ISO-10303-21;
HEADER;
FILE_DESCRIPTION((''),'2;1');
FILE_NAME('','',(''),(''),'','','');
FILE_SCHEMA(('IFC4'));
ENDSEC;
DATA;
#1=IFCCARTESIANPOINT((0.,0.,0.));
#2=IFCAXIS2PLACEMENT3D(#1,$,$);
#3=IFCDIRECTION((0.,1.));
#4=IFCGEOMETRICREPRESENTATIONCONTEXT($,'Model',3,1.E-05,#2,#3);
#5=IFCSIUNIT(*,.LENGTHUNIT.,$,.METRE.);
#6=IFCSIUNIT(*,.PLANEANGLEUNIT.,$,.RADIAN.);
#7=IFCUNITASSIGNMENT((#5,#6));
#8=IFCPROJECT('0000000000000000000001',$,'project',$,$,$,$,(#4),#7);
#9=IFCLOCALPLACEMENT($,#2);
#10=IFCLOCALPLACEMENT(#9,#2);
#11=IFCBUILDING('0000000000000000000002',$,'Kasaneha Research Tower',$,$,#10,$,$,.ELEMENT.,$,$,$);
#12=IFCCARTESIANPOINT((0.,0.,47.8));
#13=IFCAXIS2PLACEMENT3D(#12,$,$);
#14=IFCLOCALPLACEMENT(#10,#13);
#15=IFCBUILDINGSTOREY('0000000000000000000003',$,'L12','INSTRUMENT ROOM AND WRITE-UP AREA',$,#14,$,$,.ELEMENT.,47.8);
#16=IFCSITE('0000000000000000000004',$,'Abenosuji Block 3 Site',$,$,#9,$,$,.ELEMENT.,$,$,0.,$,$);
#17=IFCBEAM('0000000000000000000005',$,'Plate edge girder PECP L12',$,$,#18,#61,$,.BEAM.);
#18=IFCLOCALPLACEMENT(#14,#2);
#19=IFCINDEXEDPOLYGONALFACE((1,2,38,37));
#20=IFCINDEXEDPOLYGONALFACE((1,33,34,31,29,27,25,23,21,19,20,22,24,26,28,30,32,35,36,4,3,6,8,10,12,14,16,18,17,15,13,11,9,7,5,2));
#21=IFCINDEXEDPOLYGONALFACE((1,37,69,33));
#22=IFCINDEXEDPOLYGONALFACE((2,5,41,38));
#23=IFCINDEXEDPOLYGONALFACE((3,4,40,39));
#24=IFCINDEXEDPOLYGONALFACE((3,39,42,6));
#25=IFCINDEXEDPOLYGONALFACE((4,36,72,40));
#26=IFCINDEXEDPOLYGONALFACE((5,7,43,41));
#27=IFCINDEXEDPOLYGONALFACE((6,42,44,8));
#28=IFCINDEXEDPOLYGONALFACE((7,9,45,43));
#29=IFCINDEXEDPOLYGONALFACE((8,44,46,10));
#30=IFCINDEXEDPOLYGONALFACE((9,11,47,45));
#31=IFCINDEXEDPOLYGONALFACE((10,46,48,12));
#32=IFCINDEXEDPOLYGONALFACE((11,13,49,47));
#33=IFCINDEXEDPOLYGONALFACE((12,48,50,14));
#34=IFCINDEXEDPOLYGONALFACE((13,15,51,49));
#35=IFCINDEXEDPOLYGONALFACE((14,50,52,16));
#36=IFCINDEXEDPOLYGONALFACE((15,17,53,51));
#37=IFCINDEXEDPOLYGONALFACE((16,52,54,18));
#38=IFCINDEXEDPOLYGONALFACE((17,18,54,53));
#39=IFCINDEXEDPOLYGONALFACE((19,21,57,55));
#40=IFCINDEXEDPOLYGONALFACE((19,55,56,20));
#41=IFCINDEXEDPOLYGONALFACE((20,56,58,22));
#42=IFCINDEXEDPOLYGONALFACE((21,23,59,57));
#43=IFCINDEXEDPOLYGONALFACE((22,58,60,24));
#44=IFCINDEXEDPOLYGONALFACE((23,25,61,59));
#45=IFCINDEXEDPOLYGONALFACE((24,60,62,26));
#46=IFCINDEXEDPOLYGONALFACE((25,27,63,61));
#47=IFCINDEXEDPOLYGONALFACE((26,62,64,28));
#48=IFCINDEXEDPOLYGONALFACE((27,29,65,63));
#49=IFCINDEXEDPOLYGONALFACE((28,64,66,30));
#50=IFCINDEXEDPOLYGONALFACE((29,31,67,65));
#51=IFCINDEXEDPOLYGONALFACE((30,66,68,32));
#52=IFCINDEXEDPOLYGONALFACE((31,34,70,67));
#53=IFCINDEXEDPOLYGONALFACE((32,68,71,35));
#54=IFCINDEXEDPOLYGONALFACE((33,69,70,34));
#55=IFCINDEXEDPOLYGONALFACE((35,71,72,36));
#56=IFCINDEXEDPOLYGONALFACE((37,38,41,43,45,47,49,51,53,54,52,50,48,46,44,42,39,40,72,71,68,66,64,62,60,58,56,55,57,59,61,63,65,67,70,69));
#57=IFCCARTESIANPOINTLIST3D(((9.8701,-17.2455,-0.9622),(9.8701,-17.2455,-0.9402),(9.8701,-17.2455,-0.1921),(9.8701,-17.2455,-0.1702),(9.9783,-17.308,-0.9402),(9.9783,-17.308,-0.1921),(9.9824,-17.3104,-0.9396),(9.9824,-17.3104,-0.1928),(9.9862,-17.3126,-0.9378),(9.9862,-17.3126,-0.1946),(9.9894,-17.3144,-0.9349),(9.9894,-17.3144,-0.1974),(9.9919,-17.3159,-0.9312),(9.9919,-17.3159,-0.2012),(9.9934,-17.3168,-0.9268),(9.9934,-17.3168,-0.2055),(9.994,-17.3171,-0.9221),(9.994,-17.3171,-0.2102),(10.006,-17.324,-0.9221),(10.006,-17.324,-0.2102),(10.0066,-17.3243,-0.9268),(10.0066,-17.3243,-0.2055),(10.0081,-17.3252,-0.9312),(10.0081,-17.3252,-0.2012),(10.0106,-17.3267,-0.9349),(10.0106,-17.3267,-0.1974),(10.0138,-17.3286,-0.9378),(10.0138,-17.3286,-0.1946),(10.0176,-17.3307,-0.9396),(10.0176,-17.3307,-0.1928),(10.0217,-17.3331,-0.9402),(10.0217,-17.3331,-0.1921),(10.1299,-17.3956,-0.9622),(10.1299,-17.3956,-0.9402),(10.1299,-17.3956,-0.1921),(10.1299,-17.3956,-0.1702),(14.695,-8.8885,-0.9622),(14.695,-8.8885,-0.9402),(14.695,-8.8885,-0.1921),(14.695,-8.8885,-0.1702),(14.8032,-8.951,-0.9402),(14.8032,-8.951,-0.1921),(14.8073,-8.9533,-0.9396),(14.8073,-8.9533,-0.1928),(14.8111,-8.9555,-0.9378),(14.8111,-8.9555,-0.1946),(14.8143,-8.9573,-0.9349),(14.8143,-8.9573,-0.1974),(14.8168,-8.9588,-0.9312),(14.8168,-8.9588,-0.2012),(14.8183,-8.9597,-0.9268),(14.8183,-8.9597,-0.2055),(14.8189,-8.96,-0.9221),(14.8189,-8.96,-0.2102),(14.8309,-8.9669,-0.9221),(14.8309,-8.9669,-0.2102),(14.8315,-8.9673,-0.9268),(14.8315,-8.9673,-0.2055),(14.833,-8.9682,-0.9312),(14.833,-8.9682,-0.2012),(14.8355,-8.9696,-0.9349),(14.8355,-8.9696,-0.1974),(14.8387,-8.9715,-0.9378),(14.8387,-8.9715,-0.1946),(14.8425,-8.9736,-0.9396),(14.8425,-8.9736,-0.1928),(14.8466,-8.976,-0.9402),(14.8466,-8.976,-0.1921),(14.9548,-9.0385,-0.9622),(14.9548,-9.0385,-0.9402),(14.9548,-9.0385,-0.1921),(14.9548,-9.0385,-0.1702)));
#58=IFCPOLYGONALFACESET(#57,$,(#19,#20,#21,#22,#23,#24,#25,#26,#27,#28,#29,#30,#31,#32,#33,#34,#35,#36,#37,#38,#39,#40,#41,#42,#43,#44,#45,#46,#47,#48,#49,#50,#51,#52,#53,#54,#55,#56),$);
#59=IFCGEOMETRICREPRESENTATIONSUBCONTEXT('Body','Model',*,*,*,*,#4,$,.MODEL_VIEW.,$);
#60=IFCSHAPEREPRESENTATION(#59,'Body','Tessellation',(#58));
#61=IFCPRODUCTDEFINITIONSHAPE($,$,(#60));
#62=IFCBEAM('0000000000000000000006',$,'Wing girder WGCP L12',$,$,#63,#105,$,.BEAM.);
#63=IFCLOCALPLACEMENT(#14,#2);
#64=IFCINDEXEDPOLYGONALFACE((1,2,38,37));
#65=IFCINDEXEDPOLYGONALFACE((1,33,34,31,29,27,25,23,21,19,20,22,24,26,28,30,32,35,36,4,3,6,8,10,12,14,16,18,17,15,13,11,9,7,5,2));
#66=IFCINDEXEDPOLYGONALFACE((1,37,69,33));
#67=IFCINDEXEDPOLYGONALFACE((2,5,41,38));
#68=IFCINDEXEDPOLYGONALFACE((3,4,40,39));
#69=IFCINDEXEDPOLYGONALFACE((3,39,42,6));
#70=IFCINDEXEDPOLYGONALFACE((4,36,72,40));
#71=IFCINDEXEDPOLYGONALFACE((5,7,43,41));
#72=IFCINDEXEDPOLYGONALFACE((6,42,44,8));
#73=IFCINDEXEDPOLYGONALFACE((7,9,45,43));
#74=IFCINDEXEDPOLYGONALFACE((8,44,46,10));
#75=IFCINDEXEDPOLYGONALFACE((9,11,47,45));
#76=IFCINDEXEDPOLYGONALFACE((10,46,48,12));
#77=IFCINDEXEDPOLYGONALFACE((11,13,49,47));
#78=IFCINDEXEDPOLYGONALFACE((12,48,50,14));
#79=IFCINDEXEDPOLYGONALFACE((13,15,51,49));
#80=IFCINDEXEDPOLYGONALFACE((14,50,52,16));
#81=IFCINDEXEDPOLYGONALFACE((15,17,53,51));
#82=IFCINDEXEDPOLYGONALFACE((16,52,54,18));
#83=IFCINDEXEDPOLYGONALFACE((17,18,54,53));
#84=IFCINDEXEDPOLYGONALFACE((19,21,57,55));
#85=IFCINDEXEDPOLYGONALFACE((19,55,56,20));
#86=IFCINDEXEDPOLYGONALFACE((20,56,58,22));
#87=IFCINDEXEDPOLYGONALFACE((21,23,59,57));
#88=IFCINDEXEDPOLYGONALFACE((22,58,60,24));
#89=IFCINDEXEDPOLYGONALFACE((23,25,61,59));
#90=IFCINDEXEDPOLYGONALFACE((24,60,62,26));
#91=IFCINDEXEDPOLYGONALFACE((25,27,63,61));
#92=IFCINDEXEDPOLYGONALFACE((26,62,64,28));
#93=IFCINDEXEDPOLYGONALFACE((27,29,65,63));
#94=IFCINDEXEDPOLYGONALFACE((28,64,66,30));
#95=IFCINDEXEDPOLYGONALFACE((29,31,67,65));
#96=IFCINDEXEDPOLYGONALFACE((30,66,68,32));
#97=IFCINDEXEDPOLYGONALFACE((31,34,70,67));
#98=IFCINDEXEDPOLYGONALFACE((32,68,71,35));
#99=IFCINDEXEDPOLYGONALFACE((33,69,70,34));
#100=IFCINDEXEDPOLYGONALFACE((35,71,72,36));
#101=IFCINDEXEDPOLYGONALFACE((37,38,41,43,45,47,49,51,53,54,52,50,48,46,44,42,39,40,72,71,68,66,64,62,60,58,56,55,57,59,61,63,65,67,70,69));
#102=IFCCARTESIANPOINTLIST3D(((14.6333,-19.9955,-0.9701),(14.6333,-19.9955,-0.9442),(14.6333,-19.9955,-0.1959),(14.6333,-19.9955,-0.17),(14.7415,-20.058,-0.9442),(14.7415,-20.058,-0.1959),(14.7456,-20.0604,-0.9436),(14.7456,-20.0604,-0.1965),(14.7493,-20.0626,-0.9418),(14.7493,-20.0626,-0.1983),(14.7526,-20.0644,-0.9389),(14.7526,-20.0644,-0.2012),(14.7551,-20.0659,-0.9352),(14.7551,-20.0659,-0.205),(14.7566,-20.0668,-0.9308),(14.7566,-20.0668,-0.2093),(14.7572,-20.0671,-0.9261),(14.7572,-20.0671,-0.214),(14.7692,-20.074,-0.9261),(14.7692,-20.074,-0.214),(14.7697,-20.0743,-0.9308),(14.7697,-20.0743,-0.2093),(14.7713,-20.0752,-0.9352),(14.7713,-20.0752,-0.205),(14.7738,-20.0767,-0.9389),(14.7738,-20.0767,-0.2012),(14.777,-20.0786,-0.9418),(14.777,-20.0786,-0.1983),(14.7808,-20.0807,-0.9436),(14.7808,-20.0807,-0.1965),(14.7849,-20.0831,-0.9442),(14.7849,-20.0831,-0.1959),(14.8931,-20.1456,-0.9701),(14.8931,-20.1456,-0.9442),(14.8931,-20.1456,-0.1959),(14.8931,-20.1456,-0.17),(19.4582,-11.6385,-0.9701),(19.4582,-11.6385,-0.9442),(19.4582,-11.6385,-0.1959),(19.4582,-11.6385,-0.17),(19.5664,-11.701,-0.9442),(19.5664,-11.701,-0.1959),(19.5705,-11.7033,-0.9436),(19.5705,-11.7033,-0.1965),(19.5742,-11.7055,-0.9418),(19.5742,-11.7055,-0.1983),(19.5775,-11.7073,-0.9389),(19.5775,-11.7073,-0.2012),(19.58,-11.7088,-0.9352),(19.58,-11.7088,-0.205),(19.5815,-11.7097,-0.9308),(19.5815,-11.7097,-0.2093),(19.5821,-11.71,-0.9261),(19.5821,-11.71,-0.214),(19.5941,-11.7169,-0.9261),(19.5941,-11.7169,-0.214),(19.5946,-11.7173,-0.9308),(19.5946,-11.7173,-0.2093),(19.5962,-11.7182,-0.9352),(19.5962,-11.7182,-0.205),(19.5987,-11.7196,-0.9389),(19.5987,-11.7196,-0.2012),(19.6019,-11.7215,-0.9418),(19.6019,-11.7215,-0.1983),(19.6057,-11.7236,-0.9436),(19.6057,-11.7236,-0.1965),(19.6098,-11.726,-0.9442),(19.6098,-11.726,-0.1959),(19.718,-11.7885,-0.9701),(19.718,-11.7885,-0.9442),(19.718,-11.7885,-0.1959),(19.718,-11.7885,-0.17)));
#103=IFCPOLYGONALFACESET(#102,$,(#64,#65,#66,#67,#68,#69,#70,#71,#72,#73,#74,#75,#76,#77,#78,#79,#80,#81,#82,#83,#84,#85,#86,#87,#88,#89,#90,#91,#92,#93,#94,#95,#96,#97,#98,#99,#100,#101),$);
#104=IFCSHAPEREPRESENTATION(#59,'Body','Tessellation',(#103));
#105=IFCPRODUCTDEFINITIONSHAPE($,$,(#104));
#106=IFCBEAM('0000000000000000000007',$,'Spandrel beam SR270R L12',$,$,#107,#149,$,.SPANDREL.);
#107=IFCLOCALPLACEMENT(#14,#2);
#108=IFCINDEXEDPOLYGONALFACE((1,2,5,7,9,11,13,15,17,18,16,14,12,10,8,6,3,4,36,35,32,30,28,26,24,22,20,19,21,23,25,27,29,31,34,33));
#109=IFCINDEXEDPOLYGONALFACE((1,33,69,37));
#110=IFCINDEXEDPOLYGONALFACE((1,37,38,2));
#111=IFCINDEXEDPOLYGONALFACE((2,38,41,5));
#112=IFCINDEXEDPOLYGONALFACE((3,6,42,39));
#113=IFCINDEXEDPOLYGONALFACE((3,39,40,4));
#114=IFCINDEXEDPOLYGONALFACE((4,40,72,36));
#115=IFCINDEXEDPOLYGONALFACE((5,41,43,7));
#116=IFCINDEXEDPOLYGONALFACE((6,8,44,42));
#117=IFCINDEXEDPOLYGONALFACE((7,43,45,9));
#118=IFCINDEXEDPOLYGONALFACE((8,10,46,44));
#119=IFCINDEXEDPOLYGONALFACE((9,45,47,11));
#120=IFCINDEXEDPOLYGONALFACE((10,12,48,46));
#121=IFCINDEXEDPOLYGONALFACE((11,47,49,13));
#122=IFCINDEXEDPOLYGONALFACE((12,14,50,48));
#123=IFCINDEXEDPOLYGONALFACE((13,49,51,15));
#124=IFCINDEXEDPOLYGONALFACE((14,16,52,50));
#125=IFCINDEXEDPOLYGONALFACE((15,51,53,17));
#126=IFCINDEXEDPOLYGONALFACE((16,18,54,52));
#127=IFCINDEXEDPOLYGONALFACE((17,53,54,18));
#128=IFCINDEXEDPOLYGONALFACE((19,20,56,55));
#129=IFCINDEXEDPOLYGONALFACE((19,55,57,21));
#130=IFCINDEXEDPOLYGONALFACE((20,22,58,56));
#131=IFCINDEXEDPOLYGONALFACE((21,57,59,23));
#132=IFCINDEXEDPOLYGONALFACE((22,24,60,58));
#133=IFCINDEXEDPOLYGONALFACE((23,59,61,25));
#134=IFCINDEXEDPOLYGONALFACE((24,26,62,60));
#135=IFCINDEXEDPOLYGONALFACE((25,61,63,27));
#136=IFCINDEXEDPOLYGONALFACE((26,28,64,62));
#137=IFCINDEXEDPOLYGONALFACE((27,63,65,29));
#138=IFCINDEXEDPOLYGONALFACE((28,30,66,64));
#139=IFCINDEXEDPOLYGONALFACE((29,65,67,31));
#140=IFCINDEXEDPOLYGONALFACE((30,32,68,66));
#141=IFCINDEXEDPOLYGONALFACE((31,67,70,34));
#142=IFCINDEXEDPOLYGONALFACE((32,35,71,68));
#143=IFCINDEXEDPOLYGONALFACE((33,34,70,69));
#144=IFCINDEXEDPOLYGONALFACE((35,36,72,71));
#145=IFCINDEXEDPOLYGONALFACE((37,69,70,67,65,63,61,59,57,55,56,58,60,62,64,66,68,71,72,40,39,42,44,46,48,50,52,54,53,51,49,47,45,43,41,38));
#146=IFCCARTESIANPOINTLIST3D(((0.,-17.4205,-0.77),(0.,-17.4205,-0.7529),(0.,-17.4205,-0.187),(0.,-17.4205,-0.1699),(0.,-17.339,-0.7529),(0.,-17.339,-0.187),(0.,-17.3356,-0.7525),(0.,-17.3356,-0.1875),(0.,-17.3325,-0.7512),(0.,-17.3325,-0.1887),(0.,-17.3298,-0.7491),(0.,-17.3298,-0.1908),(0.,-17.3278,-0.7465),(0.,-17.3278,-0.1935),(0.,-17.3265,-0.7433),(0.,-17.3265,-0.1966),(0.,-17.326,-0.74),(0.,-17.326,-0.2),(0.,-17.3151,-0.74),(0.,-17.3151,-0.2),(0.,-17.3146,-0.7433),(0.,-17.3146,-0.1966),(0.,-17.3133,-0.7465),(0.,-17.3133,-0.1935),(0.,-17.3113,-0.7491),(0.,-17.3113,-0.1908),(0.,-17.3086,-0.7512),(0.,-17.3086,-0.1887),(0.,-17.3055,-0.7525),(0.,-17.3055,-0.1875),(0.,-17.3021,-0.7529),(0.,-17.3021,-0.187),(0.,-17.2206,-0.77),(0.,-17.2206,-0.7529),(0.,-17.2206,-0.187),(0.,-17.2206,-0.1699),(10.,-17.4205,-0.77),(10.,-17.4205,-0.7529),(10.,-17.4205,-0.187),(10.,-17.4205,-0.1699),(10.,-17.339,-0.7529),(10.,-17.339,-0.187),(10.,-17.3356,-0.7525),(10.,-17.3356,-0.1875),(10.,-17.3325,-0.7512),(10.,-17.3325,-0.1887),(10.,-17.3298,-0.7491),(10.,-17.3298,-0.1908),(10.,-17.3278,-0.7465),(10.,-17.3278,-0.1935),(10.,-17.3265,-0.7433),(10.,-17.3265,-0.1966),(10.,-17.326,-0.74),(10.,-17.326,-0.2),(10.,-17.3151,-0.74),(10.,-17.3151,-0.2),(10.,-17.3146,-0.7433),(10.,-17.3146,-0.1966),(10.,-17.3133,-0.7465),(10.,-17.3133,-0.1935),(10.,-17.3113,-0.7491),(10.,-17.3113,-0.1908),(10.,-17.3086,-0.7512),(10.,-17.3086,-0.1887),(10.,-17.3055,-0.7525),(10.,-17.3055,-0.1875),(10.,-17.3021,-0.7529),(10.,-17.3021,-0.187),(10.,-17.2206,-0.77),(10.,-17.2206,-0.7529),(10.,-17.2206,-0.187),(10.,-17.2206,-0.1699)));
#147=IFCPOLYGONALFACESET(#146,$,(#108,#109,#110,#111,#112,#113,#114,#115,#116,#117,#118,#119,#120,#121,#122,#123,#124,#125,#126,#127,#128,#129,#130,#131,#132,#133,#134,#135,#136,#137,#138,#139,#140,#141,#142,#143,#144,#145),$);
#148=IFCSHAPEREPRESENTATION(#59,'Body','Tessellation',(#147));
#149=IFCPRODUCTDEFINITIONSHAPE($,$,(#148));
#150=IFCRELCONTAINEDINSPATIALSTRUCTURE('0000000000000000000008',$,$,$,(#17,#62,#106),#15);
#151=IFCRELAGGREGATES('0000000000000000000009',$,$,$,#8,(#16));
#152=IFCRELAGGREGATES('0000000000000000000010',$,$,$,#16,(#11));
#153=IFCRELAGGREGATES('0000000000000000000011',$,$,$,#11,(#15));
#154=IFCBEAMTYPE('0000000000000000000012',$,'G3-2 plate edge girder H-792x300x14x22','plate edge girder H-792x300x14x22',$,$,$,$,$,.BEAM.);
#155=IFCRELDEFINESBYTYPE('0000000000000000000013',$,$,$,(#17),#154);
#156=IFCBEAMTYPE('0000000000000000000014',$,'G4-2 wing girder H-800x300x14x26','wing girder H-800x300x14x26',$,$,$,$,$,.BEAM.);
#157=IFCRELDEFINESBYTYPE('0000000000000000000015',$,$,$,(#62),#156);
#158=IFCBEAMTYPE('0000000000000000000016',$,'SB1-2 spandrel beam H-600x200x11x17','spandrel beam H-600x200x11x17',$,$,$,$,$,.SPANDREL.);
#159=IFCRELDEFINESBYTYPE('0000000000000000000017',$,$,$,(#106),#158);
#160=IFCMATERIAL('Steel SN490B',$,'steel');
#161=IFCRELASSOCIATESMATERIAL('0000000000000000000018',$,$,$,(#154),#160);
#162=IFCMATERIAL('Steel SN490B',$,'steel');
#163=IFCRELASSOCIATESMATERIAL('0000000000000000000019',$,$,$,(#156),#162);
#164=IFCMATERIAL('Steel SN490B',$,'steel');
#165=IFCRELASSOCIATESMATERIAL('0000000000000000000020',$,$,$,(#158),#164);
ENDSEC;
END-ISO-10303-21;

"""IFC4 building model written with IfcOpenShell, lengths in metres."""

from ifc_helpers import new_model, si_unit, direction, frame, origin, origin_2d, place, context, subcontext, project, spatial, i_section, extrude, material, material_profile, profile_set, type_object, element, save


model = new_model("IFC4")

# Units and contexts
model_context = context("Model", 3, precision=1e-05, world=origin(), true_north=direction((0.0, 1.0)))
body_context = subcontext(model_context, "Body", "Model", "MODEL_VIEW")
ifc_project = project(units=[si_unit("LENGTHUNIT", "METRE"), si_unit("PLANEANGLEUNIT", "RADIAN")], contexts=[model_context])

# Site, building, storey
site_placement = place(None, origin())
site = spatial("IfcSite", under=ifc_project, at=site_placement, Name="Abenosuji Block 3 Site", CompositionType="ELEMENT", RefElevation=0.0)
building_placement = place(site_placement, origin())
building = spatial("IfcBuilding", under=site, at=building_placement, Name="Kasaneha Research Tower", CompositionType="ELEMENT")
storey_placement = place(building_placement, frame((0.0, 0.0, 47.8)))
storey = spatial("IfcBuildingStorey", under=building, at=storey_placement, Name="L12", Description="INSTRUMENT ROOM AND WRITE-UP AREA", CompositionType="ELEMENT", Elevation=47.8)

# Beams
ifc_material_1 = material(Name="Steel SN490B", Category="steel")
ifc_material_profile_1 = material_profile(ifc_material_1, i_section(OverallWidth=0.3, OverallDepth=0.792, WebThickness=0.0139, FlangeThickness=0.022, FilletRadius=0.0181, at=origin_2d()), Name="H-792x300x14x22")
ifc_profile_set_1 = profile_set([ifc_material_profile_1], Name="Steel SN490B")
beam_type_1 = type_object("IfcBeamType", Name="G3-2 plate edge girder H-792x300x14x22", Description="plate edge girder H-792x300x14x22", PredefinedType="BEAM", material=ifc_profile_set_1)
beam_1_placement = place(storey_placement, frame((10.0, -17.3206, -0.5662), z_axis=(0.499995, 0.866028, 0.0), x_axis=(-0.866028, 0.499995, 0.0)))
element("IfcBeam", 1, at=beam_1_placement, inside=storey, type_object=beam_type_1, Name="Plate edge girder PECP L12", PredefinedType="BEAM", context=body_context, shape_type="SweptSolid", body=[
    extrude(i_section(OverallWidth=0.3, OverallDepth=0.792, WebThickness=0.0139, FlangeThickness=0.022, FilletRadius=0.0181, at=origin_2d()), origin(), (0.0, 0.0, 1.0), 9.6499),
])
ifc_material_2 = material(Name="Steel SN490B", Category="steel")
ifc_material_profile_2 = material_profile(ifc_material_2, i_section(OverallWidth=0.3, OverallDepth=0.8, WebThickness=0.0139, FlangeThickness=0.0259, FilletRadius=0.0181, at=origin_2d()), Name="H-800x300x14x26")
ifc_profile_set_2 = profile_set([ifc_material_profile_2], Name="Steel SN490B")
beam_type_2 = type_object("IfcBeamType", Name="G4-2 wing girder H-800x300x14x26", Description="wing girder H-800x300x14x26", PredefinedType="BEAM", material=ifc_profile_set_2)
beam_2_placement = place(storey_placement, frame((14.7632, -20.0706, -0.5701), z_axis=(0.499995, 0.866028, 0.0), x_axis=(-0.866028, 0.499995, 0.0)))
element("IfcBeam", 2, at=beam_2_placement, inside=storey, type_object=beam_type_2, Name="Wing girder WGCP L12", PredefinedType="BEAM", context=body_context, shape_type="SweptSolid", body=[
    extrude(i_section(OverallWidth=0.3, OverallDepth=0.8, WebThickness=0.0139, FlangeThickness=0.0259, FilletRadius=0.0181, at=origin_2d()), origin(), (0.0, 0.0, 1.0), 9.6499),
])
ifc_material_3 = material(Name="Steel SN490B", Category="steel")
ifc_material_profile_3 = material_profile(ifc_material_3, i_section(OverallWidth=0.2, OverallDepth=0.6001, WebThickness=0.011, FlangeThickness=0.0171, FilletRadius=0.0129, at=origin_2d()), Name="H-600x200x11x17")
ifc_profile_set_3 = profile_set([ifc_material_profile_3], Name="Steel SN490B")
beam_type_3 = type_object("IfcBeamType", Name="SB1-2 spandrel beam H-600x200x11x17", Description="spandrel beam H-600x200x11x17", PredefinedType="SPANDREL", material=ifc_profile_set_3)
beam_3_placement = place(storey_placement, frame((10.0, -17.3206, -0.47), z_axis=(-1.0, 0.0, 0.0), x_axis=(0.0, -1.0, 0.0)))
element("IfcBeam", 3, at=beam_3_placement, inside=storey, type_object=beam_type_3, Name="Spandrel beam SR270R L12", PredefinedType="SPANDREL", context=body_context, shape_type="SweptSolid", body=[
    extrude(i_section(OverallWidth=0.2, OverallDepth=0.6001, WebThickness=0.011, FlangeThickness=0.0171, FilletRadius=0.0129, at=origin_2d()), origin(), (0.0, 0.0, 1.0), 10.0),
])

save(model, "model.ifc")
